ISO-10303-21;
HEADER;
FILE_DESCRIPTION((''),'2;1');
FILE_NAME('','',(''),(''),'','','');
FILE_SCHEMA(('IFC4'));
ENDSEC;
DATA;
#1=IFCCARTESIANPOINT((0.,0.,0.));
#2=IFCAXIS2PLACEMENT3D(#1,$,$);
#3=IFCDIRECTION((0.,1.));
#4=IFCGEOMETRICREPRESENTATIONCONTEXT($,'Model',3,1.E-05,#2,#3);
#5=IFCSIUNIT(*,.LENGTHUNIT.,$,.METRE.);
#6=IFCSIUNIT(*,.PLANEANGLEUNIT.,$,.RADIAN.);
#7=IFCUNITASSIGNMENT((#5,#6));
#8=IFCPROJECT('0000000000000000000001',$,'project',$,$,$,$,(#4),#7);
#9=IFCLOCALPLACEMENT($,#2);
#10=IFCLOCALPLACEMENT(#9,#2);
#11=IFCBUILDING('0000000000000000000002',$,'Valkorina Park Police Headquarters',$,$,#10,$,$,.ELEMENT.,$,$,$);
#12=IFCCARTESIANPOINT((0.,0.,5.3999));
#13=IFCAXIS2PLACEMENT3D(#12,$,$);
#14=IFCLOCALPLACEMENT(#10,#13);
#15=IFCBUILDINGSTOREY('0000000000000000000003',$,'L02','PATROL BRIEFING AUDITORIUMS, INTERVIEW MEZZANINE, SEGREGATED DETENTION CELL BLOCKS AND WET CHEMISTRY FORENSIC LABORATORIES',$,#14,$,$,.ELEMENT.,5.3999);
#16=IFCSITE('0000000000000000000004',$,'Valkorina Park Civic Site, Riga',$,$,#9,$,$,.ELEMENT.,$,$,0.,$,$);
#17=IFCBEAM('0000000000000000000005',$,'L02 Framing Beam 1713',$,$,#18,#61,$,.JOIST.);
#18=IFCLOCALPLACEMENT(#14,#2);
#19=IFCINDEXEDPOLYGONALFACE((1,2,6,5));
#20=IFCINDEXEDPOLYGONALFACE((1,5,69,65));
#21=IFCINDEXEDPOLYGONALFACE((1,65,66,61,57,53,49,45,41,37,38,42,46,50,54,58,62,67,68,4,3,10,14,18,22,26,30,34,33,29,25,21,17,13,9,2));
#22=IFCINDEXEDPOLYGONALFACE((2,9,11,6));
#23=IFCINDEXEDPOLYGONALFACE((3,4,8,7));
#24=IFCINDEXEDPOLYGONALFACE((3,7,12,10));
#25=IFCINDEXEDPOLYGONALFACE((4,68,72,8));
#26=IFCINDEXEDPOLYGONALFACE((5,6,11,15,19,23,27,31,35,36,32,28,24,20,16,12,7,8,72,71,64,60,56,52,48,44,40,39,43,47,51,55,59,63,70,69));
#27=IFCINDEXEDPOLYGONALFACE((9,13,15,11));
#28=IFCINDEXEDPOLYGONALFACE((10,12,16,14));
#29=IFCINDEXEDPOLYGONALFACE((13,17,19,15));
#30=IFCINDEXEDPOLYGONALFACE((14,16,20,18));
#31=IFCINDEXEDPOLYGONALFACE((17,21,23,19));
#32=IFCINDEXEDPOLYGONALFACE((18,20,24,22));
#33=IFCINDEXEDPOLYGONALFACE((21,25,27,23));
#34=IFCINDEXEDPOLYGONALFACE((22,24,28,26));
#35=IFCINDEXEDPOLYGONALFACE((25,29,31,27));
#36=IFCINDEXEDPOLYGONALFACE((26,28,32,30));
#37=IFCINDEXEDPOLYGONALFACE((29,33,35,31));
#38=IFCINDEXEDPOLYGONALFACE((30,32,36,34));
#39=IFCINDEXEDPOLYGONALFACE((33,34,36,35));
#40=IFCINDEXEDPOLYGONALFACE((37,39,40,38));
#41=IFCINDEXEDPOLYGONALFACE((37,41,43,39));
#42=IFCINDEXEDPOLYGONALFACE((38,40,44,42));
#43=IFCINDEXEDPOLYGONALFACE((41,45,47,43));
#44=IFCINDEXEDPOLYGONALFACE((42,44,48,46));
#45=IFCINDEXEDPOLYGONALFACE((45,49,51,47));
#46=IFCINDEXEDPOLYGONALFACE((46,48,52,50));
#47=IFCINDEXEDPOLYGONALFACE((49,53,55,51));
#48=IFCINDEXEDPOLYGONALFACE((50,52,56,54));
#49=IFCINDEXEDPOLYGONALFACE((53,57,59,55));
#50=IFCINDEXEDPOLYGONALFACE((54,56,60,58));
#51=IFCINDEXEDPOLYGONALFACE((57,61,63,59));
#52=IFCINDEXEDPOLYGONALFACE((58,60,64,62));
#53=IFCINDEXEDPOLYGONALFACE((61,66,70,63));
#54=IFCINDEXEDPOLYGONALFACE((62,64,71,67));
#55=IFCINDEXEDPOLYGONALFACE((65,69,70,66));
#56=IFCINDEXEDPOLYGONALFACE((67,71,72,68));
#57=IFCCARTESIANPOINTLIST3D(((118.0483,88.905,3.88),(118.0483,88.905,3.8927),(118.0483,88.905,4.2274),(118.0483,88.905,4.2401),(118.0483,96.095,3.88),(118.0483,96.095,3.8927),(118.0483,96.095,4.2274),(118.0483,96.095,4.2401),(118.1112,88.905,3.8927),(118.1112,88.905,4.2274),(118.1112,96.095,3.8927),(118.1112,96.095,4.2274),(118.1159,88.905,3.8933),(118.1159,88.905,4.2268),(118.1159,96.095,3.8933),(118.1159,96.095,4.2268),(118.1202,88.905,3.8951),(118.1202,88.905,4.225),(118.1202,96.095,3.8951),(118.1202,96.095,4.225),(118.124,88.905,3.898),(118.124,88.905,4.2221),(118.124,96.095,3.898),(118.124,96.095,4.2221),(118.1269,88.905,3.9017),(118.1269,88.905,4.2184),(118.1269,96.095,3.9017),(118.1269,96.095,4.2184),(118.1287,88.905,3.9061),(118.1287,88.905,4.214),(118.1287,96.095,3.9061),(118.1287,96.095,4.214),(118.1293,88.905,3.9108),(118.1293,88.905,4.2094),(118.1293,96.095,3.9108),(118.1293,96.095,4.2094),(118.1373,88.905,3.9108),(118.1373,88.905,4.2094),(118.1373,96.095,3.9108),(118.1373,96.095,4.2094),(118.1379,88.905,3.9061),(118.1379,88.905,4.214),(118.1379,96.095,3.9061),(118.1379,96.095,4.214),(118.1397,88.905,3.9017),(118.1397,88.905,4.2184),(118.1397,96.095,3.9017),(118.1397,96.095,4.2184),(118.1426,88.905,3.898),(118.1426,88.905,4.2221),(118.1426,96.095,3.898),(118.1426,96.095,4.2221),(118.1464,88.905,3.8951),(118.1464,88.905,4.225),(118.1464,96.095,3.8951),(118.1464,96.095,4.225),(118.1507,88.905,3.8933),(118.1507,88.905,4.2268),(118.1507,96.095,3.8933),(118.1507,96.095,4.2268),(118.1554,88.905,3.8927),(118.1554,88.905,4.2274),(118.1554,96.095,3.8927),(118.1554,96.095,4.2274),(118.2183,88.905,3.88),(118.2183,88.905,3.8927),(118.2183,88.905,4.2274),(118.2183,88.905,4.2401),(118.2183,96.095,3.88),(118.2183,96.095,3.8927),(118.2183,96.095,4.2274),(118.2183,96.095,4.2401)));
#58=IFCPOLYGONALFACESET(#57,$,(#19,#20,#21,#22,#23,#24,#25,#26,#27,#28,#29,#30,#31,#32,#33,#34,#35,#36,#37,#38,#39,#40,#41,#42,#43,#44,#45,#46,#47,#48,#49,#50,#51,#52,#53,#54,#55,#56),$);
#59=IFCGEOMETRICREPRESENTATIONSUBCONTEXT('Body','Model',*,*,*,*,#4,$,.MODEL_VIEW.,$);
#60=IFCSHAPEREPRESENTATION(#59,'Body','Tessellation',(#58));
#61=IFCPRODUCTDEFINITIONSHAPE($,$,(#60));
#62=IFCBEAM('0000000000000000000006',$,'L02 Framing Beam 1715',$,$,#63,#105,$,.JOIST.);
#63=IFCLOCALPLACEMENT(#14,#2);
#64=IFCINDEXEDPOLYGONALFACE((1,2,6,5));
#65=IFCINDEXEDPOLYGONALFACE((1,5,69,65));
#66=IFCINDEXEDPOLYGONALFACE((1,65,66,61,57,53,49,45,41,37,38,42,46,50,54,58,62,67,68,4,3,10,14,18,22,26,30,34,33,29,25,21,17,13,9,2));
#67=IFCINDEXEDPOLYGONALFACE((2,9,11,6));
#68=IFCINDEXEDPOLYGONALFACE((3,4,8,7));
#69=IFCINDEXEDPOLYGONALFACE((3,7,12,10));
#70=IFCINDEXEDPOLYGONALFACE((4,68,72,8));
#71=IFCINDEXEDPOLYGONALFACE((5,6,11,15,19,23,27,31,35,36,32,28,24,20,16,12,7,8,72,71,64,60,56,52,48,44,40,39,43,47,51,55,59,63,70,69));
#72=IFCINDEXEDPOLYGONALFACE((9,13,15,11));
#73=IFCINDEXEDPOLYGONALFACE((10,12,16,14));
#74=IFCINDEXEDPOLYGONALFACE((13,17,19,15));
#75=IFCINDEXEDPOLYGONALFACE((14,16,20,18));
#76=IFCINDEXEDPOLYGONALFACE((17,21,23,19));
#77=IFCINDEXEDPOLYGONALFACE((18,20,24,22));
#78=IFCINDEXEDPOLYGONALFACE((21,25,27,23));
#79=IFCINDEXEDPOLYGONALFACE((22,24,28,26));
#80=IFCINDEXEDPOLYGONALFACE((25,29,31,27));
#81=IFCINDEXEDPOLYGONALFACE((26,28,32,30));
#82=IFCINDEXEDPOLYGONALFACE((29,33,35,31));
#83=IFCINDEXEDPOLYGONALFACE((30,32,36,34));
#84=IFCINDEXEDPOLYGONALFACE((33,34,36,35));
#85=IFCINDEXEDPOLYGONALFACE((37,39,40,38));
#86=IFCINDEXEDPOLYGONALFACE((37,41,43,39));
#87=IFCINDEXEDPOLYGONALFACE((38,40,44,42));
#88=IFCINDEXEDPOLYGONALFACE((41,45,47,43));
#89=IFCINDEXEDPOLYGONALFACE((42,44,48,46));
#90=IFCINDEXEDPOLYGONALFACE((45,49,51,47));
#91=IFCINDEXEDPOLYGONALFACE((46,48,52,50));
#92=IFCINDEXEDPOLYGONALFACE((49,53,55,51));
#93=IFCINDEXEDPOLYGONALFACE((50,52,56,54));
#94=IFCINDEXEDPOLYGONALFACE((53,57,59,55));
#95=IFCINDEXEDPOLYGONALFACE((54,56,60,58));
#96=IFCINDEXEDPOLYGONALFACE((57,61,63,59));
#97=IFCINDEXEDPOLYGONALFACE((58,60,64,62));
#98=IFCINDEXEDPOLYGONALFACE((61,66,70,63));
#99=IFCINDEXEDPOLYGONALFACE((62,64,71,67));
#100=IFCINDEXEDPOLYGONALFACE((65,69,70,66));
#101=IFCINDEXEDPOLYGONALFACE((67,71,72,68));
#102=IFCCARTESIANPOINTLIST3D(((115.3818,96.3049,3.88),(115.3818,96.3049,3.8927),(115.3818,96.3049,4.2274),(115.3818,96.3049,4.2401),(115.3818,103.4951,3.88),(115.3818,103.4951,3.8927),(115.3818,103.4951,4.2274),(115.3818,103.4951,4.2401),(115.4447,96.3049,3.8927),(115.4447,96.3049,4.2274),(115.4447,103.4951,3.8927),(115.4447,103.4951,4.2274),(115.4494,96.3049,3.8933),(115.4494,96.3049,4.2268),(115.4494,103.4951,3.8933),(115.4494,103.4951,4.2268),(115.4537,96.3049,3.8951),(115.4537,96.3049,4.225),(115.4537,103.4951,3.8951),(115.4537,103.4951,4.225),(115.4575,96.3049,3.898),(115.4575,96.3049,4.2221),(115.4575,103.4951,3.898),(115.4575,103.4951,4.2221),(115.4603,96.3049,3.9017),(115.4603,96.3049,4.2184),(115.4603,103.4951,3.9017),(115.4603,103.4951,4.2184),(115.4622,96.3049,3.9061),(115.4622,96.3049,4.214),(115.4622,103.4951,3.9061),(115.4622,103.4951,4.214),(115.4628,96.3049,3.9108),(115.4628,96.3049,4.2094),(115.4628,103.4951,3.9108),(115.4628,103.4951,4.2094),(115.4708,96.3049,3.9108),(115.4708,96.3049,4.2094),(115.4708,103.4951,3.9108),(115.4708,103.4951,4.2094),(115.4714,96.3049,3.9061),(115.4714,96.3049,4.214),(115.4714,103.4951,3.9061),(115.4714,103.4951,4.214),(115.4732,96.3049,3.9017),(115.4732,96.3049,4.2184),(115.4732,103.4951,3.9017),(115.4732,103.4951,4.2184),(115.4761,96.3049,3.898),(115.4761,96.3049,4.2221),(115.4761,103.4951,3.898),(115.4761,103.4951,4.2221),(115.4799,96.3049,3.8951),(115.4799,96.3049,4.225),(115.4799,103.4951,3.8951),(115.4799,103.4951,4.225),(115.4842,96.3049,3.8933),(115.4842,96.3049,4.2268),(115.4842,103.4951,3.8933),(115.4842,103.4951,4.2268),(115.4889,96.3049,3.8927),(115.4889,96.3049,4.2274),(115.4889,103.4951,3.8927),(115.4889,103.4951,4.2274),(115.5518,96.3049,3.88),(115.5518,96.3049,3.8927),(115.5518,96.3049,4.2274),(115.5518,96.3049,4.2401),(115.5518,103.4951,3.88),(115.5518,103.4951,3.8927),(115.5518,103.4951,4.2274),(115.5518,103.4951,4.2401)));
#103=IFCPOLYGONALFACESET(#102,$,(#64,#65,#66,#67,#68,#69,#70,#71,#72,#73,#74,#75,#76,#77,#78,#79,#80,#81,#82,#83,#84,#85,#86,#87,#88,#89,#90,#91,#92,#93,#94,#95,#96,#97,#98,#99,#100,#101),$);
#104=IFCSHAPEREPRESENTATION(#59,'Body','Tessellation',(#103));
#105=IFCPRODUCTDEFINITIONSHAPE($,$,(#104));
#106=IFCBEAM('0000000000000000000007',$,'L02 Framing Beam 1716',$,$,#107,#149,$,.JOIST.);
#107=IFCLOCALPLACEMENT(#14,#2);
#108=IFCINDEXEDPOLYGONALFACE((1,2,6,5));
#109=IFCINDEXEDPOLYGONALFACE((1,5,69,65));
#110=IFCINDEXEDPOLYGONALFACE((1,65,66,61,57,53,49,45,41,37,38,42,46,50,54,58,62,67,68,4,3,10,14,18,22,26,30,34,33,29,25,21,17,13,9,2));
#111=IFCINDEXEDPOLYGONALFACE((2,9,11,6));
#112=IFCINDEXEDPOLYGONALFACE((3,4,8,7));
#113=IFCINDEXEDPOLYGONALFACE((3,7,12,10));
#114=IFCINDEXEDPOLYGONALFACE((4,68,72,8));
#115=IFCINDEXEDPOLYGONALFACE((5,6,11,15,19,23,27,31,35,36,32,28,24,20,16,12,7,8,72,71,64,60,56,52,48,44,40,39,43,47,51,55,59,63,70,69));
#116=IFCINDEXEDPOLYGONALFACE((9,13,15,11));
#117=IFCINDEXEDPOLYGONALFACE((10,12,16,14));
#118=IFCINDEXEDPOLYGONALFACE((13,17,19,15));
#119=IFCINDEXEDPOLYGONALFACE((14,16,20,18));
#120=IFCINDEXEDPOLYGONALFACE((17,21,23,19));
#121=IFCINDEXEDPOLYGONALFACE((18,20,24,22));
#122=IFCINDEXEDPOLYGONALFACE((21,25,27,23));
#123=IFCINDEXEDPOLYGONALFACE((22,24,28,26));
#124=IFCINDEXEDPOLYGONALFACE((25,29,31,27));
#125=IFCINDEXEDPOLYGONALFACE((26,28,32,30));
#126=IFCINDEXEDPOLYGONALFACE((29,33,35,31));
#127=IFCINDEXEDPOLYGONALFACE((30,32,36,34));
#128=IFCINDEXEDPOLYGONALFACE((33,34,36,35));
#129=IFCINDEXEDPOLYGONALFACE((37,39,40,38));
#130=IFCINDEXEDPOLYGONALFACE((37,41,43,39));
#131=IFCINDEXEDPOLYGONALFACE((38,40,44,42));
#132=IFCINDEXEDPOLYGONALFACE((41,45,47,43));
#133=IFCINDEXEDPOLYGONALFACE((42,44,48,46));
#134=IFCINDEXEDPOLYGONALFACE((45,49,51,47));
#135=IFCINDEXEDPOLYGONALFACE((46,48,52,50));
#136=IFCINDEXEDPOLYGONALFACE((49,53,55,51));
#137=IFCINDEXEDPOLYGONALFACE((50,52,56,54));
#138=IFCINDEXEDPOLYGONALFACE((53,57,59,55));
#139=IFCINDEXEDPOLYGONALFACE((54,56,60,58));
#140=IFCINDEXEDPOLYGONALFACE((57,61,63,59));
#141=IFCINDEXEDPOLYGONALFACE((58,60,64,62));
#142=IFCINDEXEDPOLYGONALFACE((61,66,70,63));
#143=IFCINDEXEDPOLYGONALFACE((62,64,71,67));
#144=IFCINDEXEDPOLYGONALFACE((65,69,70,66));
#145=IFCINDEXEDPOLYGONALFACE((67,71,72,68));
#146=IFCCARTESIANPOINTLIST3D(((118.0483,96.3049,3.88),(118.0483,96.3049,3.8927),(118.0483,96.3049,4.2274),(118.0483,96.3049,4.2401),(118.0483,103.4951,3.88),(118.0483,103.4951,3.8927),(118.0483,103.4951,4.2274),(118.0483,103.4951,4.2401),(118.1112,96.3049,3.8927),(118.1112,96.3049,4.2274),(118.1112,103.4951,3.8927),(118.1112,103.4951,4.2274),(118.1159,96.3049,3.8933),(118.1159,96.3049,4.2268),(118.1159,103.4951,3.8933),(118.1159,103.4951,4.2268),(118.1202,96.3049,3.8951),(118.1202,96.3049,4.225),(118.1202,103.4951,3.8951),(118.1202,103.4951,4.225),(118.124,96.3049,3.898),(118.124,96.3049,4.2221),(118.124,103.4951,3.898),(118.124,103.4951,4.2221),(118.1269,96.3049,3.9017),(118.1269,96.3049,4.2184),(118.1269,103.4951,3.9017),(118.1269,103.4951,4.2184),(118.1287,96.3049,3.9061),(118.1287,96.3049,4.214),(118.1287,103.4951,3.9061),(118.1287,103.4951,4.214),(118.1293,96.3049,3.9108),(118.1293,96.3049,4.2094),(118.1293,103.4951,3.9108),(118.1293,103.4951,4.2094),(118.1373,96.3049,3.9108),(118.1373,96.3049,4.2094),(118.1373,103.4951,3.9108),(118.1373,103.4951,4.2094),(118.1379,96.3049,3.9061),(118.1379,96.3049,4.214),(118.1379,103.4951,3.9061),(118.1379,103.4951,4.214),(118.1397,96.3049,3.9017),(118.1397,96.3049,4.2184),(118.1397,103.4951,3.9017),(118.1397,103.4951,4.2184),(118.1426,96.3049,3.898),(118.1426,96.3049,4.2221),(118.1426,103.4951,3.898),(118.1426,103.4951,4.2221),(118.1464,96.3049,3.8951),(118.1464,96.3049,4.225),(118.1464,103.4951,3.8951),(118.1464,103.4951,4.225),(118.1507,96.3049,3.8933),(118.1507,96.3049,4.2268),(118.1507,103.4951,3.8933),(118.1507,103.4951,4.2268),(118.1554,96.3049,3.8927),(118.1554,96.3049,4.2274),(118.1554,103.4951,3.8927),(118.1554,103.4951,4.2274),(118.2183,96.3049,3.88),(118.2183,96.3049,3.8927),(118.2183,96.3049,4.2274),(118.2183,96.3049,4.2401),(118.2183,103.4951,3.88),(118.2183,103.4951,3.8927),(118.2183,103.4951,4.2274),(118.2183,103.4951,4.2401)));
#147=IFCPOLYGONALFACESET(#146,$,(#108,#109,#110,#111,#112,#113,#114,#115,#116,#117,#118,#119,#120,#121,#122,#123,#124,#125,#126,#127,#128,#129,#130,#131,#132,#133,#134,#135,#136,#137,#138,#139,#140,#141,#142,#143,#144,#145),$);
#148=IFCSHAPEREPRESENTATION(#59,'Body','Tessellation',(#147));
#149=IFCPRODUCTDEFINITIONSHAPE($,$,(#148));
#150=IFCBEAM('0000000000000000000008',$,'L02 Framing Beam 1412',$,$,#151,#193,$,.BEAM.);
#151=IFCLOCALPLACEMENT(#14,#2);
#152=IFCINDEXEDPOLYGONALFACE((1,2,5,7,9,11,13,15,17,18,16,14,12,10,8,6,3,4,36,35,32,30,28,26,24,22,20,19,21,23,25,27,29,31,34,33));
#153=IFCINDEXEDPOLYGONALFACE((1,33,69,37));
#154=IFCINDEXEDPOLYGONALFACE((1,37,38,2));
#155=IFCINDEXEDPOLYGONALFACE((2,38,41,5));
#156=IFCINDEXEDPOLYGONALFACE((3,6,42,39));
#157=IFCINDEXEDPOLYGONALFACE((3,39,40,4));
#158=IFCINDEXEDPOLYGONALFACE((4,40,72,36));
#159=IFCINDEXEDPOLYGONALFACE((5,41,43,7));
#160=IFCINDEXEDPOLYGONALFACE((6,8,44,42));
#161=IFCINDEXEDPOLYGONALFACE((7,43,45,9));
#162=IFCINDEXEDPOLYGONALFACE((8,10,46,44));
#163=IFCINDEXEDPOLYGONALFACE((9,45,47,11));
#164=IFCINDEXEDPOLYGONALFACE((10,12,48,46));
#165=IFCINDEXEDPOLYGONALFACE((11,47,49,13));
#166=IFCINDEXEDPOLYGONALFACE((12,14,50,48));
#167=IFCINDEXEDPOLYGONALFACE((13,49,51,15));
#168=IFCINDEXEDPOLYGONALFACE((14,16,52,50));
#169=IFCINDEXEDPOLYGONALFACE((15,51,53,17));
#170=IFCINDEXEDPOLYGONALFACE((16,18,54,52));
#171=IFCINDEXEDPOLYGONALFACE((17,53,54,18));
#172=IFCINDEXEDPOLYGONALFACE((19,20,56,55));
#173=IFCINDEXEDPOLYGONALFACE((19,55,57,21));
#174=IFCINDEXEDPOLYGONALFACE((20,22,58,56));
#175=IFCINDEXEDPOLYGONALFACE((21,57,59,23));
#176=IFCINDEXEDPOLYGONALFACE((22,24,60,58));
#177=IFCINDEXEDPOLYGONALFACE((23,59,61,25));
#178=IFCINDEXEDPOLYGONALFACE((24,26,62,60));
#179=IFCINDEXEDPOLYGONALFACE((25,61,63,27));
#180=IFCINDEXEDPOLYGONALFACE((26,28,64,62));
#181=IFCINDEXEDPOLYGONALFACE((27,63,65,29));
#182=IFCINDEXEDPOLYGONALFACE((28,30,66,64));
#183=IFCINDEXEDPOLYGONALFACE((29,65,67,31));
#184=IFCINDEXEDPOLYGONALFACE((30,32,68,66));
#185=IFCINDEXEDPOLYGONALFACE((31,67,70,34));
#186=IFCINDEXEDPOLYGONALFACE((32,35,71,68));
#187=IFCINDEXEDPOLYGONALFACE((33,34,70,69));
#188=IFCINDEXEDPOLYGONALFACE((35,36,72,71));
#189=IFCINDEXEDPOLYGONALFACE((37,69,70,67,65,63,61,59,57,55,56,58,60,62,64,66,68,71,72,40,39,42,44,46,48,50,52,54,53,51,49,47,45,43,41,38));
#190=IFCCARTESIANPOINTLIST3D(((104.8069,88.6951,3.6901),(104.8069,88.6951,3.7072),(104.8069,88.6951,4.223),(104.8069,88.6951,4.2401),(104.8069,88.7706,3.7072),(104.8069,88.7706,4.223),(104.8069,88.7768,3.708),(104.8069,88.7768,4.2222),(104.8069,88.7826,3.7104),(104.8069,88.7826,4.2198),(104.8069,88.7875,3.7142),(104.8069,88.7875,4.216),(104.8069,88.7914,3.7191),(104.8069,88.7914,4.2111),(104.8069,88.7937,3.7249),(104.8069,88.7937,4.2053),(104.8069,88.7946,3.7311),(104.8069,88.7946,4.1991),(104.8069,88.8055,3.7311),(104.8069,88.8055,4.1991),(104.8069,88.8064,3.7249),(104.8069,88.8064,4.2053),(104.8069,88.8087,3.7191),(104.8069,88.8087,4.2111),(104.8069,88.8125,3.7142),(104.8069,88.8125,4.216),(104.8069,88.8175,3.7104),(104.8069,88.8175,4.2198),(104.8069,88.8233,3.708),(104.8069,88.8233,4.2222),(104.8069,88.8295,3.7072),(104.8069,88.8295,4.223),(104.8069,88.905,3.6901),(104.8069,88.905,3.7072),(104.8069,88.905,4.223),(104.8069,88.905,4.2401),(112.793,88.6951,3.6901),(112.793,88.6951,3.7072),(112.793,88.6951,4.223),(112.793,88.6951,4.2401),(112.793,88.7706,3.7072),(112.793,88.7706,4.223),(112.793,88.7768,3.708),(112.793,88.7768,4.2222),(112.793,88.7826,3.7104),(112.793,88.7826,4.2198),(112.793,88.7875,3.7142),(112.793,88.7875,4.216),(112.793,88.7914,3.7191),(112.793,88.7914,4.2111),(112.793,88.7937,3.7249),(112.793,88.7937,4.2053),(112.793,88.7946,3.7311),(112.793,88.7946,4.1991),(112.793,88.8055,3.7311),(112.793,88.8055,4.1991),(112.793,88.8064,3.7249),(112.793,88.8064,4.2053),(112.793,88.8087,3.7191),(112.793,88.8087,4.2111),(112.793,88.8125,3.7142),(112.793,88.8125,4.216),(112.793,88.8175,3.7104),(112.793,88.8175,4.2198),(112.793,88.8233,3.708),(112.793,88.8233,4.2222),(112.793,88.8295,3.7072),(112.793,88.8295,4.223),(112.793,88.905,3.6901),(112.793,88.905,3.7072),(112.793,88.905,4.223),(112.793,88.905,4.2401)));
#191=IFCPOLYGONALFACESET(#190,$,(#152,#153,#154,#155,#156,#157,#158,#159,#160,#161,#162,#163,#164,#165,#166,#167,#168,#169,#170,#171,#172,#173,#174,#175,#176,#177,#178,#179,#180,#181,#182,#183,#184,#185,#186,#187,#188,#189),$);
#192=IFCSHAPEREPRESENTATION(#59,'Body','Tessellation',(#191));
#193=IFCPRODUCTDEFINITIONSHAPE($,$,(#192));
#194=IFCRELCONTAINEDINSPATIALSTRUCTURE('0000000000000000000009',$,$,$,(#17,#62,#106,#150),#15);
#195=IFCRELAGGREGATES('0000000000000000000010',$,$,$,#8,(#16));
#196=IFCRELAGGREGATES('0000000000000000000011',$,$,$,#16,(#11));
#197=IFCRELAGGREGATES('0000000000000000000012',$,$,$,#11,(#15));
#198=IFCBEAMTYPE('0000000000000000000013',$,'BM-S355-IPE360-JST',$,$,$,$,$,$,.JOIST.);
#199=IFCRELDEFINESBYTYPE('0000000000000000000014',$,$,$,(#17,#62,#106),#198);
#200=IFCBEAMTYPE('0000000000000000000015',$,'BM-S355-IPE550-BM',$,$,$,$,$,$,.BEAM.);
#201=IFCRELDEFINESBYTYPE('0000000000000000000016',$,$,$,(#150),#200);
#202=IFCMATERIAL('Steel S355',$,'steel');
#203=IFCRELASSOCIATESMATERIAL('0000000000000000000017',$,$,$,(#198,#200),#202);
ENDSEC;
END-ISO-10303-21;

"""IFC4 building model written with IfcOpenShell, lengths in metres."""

from ifc_helpers import new_model, si_unit, direction, frame, origin, origin_2d, place, context, subcontext, project, spatial, i_section, extrude, material, material_profile, profile_set, type_object, element, save


model = new_model("IFC4")

# Units and contexts
model_context = context("Model", 3, precision=1e-05, world=origin(), true_north=direction((0.0, 1.0)))
body_context = subcontext(model_context, "Body", "Model", "MODEL_VIEW")
ifc_project = project(units=[si_unit("LENGTHUNIT", "METRE"), si_unit("PLANEANGLEUNIT", "RADIAN")], contexts=[model_context])

# Site, building, storey
site_placement = place(None, origin())
site = spatial("IfcSite", under=ifc_project, at=site_placement, Name="Valkorina Park Civic Site, Riga", CompositionType="ELEMENT", RefElevation=0.0)
building_placement = place(site_placement, origin())
building = spatial("IfcBuilding", under=site, at=building_placement, Name="Valkorina Park Police Headquarters", CompositionType="ELEMENT")
storey_placement = place(building_placement, frame((0.0, 0.0, 5.3999)))
storey = spatial("IfcBuildingStorey", under=building, at=storey_placement, Name="L02", Description="PATROL BRIEFING AUDITORIUMS, INTERVIEW MEZZANINE, SEGREGATED DETENTION CELL BLOCKS AND WET CHEMISTRY FORENSIC LABORATORIES", CompositionType="ELEMENT", Elevation=5.3999)

# Shared definitions
ifc_material_1 = material(Name="Steel S355", Category="steel")

# Beams
ifc_material_profile_1 = material_profile(ifc_material_1, i_section(OverallWidth=0.1699, OverallDepth=0.3601, WebThickness=0.0081, FlangeThickness=0.0127, FilletRadius=0.0181, at=origin_2d()), Name="IPE 360")
ifc_profile_set_1 = profile_set([ifc_material_profile_1], Name="Steel S355")
beam_type_1 = type_object("IfcBeamType", Name="BM-S355-IPE360-JST", PredefinedType="JOIST", material=ifc_profile_set_1)
for number, where, z_axis, x_axis, name in (
    (1, (118.1333, 88.905, 4.0601), (0.0, 1.0, 0.0), (-1.0, 0.0, 0.0), "L02 Framing Beam 1713"),
):
    element("IfcBeam", number, at=place(storey_placement, frame(where, z_axis=z_axis, x_axis=x_axis)), inside=storey, type_object=beam_type_1, Name=name, PredefinedType="JOIST", context=body_context, shape_type="SweptSolid", body=[
        extrude(i_section(OverallWidth=0.1699, OverallDepth=0.3601, WebThickness=0.0081, FlangeThickness=0.0127, FilletRadius=0.0181, at=origin_2d()), origin(), (0.0, 0.0, 1.0), 7.1899),
    ])
for number, where, z_axis, x_axis, name in (
    (2, (115.4668, 96.3049, 4.0601), (0.0, 1.0, 0.0), (-1.0, 0.0, 0.0), "L02 Framing Beam 1715"),
    (3, (118.1333, 96.3049, 4.0601), (0.0, 1.0, 0.0), (-1.0, 0.0, 0.0), "L02 Framing Beam 1716"),
):
    element("IfcBeam", number, at=place(storey_placement, frame(where, z_axis=z_axis, x_axis=x_axis)), inside=storey, type_object=beam_type_1, Name=name, PredefinedType="JOIST", context=body_context, shape_type="SweptSolid", body=[
        extrude(i_section(OverallWidth=0.1699, OverallDepth=0.3601, WebThickness=0.0081, FlangeThickness=0.0127, FilletRadius=0.0181, at=origin_2d()), origin(), (0.0, 0.0, 1.0), 7.1902),
    ])
ifc_material_profile_2 = material_profile(ifc_material_1, i_section(OverallWidth=0.21, OverallDepth=0.55, WebThickness=0.011, FlangeThickness=0.0171, FilletRadius=0.0239, at=origin_2d()), Name="IPE 550")
ifc_profile_set_2 = profile_set([ifc_material_profile_2], Name="Steel S355")
beam_type_2 = type_object("IfcBeamType", Name="BM-S355-IPE550-BM", PredefinedType="BEAM", material=ifc_profile_set_2)
for number, where, z_axis, x_axis, name in (
    (4, (104.8069, 88.8, 3.9651), (1.0, 0.0, 0.0), (0.0, 1.0, 0.0), "L02 Framing Beam 1412"),
):
    element("IfcBeam", number, at=place(storey_placement, frame(where, z_axis=z_axis, x_axis=x_axis)), inside=storey, type_object=beam_type_2, Name=name, PredefinedType="BEAM", context=body_context, shape_type="SweptSolid", body=[
        extrude(i_section(OverallWidth=0.21, OverallDepth=0.55, WebThickness=0.011, FlangeThickness=0.0171, FilletRadius=0.0239, at=origin_2d()), origin(), (0.0, 0.0, 1.0), 7.9861),
    ])

save(model, "model.ifc")
